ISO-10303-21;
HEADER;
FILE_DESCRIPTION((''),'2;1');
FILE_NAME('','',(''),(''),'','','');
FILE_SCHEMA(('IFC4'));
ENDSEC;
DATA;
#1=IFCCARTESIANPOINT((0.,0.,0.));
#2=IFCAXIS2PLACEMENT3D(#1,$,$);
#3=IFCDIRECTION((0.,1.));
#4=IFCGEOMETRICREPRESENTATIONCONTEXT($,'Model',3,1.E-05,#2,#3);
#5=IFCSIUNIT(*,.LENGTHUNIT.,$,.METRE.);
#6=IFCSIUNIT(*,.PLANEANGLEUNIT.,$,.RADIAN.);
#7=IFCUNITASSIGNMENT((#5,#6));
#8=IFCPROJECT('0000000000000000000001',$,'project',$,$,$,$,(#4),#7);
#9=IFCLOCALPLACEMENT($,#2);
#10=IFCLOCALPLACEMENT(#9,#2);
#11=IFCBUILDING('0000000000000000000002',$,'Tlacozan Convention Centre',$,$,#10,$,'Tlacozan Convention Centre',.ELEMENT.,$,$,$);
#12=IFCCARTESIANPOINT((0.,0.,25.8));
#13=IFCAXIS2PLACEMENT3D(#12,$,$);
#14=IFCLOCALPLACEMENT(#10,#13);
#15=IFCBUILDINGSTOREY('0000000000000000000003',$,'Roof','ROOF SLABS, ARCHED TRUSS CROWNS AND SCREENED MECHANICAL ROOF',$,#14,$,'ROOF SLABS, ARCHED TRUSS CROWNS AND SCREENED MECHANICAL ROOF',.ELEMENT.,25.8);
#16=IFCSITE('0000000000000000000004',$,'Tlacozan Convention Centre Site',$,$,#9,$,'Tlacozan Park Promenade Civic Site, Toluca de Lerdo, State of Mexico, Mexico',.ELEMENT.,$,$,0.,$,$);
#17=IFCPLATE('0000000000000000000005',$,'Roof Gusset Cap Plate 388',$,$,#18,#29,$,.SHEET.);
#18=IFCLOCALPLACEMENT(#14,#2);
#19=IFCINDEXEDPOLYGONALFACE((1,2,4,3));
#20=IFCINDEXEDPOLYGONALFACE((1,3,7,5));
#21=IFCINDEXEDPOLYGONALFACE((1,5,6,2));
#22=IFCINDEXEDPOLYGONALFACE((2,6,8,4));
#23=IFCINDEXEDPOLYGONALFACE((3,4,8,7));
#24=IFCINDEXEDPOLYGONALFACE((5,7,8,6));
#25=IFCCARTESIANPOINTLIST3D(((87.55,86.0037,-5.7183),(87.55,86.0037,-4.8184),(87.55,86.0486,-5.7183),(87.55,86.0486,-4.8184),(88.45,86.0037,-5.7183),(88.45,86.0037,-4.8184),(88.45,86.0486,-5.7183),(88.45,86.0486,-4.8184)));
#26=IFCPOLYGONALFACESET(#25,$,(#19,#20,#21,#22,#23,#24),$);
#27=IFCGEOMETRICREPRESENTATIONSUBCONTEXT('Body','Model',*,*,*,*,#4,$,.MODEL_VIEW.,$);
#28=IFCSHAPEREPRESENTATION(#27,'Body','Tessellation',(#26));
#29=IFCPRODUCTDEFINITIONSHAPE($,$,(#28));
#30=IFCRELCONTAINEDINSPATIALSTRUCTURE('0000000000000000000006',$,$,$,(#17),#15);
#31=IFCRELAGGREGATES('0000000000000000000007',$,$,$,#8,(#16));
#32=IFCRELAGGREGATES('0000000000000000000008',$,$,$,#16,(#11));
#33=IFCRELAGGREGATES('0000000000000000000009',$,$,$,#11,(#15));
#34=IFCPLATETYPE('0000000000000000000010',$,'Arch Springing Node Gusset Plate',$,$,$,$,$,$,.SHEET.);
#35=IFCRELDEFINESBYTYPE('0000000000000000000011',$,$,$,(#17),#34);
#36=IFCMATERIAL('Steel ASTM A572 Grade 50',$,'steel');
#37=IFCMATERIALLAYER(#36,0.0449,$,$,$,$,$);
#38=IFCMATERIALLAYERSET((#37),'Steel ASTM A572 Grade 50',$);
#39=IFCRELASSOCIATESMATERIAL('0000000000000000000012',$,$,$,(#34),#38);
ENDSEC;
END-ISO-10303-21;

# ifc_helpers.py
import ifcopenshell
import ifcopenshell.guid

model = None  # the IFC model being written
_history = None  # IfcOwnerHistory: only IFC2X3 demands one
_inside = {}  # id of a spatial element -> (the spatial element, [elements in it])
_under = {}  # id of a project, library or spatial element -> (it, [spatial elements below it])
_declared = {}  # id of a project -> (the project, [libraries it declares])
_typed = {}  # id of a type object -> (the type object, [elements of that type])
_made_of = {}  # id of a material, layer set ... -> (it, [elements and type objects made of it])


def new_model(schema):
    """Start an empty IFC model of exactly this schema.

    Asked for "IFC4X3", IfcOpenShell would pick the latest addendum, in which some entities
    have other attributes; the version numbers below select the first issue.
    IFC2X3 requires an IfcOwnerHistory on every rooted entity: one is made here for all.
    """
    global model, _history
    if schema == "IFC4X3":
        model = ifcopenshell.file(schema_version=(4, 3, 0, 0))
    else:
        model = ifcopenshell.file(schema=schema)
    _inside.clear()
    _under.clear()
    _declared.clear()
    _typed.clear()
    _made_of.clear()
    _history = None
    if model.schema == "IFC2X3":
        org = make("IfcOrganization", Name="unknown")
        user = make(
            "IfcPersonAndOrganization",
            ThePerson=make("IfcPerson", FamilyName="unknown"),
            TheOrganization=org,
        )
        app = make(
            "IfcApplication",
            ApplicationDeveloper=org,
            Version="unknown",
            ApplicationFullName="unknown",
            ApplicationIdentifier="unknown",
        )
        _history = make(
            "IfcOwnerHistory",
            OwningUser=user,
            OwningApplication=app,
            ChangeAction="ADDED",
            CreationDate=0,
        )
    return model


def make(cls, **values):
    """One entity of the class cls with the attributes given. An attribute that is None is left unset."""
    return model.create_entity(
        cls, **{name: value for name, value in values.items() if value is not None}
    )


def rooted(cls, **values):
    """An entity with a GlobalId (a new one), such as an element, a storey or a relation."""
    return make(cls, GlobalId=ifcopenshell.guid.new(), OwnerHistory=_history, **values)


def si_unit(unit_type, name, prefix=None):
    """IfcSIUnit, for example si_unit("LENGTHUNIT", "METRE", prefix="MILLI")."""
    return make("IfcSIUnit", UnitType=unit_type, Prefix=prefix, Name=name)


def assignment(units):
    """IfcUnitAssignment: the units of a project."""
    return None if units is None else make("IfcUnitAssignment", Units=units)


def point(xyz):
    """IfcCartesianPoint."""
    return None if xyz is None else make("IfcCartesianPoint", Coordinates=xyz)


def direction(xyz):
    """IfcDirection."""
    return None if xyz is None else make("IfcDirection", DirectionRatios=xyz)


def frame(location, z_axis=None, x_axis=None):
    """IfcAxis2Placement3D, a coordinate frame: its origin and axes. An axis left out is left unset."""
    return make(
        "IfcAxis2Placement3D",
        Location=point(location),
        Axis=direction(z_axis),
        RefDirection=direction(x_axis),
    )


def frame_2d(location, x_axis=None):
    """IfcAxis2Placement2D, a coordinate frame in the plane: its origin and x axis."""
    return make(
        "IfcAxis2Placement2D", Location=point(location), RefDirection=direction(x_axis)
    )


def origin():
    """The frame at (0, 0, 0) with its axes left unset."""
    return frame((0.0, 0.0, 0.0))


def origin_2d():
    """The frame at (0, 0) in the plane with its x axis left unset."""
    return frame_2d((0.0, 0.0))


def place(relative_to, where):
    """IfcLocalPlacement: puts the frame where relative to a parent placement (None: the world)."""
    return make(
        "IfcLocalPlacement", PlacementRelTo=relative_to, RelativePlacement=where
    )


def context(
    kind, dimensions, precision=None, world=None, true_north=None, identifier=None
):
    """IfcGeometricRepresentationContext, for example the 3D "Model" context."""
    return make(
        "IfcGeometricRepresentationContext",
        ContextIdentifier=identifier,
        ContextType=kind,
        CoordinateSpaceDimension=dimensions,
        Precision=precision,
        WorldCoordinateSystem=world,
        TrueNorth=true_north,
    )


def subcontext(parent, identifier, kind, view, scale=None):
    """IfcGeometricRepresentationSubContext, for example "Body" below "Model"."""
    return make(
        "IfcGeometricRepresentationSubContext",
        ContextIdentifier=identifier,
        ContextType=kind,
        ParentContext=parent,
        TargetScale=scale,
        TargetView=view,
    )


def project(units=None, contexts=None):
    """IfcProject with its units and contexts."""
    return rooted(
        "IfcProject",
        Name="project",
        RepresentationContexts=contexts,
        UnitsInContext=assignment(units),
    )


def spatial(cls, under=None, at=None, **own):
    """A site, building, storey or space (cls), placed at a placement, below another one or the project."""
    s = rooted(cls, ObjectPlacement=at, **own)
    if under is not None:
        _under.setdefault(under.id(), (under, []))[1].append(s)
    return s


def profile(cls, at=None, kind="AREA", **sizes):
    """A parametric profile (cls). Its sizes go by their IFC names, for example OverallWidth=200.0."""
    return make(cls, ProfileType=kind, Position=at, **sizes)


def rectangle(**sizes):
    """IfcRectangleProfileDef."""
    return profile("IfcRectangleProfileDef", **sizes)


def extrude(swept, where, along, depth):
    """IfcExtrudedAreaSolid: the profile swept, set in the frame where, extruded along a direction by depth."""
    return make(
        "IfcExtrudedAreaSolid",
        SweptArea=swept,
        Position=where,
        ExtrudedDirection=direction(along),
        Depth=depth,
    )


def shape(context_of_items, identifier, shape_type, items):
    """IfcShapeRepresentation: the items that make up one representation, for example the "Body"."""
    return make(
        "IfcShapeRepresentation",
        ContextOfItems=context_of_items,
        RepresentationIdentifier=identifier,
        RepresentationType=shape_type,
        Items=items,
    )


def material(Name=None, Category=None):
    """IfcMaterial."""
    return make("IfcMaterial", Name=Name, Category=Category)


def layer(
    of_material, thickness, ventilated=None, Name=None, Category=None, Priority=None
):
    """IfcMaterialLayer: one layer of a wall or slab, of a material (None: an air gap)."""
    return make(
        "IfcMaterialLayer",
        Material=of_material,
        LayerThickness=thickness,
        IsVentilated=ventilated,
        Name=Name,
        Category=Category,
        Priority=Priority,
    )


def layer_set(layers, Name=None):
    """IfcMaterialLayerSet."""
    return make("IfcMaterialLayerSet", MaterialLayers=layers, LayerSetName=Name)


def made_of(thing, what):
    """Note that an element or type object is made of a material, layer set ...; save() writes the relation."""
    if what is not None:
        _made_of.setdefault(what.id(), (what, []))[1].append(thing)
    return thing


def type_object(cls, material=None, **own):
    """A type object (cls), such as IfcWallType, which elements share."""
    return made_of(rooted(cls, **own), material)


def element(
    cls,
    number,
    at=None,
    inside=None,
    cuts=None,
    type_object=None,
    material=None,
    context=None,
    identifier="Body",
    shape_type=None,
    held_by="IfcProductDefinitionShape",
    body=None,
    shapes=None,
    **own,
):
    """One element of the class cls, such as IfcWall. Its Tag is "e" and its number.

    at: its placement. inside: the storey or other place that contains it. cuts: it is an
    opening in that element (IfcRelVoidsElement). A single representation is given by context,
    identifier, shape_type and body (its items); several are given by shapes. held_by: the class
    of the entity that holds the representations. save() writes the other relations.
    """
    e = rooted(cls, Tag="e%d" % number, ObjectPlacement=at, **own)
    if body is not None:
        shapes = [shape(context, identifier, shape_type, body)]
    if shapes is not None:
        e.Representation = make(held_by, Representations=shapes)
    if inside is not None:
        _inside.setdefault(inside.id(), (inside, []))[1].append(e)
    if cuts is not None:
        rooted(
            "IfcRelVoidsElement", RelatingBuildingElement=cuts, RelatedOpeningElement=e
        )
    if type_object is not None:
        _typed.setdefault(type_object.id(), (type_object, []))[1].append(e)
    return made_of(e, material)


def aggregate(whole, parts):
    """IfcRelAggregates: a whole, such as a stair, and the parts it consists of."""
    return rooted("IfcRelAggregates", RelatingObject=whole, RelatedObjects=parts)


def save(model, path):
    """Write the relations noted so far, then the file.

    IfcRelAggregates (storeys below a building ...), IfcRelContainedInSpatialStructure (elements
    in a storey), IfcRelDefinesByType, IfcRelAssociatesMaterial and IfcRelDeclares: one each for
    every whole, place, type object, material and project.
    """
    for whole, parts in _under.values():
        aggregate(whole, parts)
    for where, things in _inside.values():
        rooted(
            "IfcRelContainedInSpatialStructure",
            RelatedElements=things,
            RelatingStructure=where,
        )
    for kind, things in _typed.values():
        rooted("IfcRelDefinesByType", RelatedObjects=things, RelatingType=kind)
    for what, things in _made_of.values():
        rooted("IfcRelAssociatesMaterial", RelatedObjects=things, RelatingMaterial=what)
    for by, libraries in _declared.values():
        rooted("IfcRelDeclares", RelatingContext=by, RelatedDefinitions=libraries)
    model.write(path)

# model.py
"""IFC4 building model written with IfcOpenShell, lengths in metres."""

from ifc_helpers import new_model, si_unit, direction, frame, origin, origin_2d, place, context, subcontext, project, spatial, rectangle, extrude, material, layer, layer_set, type_object, element, save


model = new_model("IFC4")

# Units and contexts
model_context = context("Model", 3, precision=1e-05, world=origin(), true_north=direction((0.0, 1.0)))
body_context = subcontext(model_context, "Body", "Model", "MODEL_VIEW")
ifc_project = project(units=[si_unit("LENGTHUNIT", "METRE"), si_unit("PLANEANGLEUNIT", "RADIAN")], contexts=[model_context])

# Site, building, storey
site_placement = place(None, origin())
site = spatial("IfcSite", under=ifc_project, at=site_placement, Name="Tlacozan Convention Centre Site", LongName="Tlacozan Park Promenade Civic Site, Toluca de Lerdo, State of Mexico, Mexico", CompositionType="ELEMENT", RefElevation=0.0)
building_placement = place(site_placement, origin())
building = spatial("IfcBuilding", under=site, at=building_placement, Name="Tlacozan Convention Centre", LongName="Tlacozan Convention Centre", CompositionType="ELEMENT")
storey_placement = place(building_placement, frame((0.0, 0.0, 25.8)))
storey = spatial("IfcBuildingStorey", under=building, at=storey_placement, Name="Roof", Description="ROOF SLABS, ARCHED TRUSS CROWNS AND SCREENED MECHANICAL ROOF", LongName="ROOF SLABS, ARCHED TRUSS CROWNS AND SCREENED MECHANICAL ROOF", CompositionType="ELEMENT", Elevation=25.8)

# Plate
ifc_material_1 = material(Name="Steel ASTM A572 Grade 50", Category="steel")
ifc_layer = layer(ifc_material_1, 0.0449)
ifc_layer_set = layer_set([ifc_layer], Name="Steel ASTM A572 Grade 50")
plate_type = type_object("IfcPlateType", Name="Arch Springing Node Gusset Plate", PredefinedType="SHEET", material=ifc_layer_set)
for number, where, z_axis, x_axis, name in (
    (1, (88.0, 86.0261, -5.7183), (0.0, 0.0, 1.0), (0.0, 1.0, 0.0), "Roof Gusset Cap Plate 388"),
):
    element("IfcPlate", number, at=place(storey_placement, frame(where, z_axis=z_axis, x_axis=x_axis)), inside=storey, type_object=plate_type, Name=name, PredefinedType="SHEET", context=body_context, shape_type="SweptSolid", body=[
        extrude(rectangle(XDim=0.0449, YDim=0.8999, at=origin_2d()), origin(), (0.0, 0.0, 1.0), 0.8999),
    ])

save(model, "model.ifc")
